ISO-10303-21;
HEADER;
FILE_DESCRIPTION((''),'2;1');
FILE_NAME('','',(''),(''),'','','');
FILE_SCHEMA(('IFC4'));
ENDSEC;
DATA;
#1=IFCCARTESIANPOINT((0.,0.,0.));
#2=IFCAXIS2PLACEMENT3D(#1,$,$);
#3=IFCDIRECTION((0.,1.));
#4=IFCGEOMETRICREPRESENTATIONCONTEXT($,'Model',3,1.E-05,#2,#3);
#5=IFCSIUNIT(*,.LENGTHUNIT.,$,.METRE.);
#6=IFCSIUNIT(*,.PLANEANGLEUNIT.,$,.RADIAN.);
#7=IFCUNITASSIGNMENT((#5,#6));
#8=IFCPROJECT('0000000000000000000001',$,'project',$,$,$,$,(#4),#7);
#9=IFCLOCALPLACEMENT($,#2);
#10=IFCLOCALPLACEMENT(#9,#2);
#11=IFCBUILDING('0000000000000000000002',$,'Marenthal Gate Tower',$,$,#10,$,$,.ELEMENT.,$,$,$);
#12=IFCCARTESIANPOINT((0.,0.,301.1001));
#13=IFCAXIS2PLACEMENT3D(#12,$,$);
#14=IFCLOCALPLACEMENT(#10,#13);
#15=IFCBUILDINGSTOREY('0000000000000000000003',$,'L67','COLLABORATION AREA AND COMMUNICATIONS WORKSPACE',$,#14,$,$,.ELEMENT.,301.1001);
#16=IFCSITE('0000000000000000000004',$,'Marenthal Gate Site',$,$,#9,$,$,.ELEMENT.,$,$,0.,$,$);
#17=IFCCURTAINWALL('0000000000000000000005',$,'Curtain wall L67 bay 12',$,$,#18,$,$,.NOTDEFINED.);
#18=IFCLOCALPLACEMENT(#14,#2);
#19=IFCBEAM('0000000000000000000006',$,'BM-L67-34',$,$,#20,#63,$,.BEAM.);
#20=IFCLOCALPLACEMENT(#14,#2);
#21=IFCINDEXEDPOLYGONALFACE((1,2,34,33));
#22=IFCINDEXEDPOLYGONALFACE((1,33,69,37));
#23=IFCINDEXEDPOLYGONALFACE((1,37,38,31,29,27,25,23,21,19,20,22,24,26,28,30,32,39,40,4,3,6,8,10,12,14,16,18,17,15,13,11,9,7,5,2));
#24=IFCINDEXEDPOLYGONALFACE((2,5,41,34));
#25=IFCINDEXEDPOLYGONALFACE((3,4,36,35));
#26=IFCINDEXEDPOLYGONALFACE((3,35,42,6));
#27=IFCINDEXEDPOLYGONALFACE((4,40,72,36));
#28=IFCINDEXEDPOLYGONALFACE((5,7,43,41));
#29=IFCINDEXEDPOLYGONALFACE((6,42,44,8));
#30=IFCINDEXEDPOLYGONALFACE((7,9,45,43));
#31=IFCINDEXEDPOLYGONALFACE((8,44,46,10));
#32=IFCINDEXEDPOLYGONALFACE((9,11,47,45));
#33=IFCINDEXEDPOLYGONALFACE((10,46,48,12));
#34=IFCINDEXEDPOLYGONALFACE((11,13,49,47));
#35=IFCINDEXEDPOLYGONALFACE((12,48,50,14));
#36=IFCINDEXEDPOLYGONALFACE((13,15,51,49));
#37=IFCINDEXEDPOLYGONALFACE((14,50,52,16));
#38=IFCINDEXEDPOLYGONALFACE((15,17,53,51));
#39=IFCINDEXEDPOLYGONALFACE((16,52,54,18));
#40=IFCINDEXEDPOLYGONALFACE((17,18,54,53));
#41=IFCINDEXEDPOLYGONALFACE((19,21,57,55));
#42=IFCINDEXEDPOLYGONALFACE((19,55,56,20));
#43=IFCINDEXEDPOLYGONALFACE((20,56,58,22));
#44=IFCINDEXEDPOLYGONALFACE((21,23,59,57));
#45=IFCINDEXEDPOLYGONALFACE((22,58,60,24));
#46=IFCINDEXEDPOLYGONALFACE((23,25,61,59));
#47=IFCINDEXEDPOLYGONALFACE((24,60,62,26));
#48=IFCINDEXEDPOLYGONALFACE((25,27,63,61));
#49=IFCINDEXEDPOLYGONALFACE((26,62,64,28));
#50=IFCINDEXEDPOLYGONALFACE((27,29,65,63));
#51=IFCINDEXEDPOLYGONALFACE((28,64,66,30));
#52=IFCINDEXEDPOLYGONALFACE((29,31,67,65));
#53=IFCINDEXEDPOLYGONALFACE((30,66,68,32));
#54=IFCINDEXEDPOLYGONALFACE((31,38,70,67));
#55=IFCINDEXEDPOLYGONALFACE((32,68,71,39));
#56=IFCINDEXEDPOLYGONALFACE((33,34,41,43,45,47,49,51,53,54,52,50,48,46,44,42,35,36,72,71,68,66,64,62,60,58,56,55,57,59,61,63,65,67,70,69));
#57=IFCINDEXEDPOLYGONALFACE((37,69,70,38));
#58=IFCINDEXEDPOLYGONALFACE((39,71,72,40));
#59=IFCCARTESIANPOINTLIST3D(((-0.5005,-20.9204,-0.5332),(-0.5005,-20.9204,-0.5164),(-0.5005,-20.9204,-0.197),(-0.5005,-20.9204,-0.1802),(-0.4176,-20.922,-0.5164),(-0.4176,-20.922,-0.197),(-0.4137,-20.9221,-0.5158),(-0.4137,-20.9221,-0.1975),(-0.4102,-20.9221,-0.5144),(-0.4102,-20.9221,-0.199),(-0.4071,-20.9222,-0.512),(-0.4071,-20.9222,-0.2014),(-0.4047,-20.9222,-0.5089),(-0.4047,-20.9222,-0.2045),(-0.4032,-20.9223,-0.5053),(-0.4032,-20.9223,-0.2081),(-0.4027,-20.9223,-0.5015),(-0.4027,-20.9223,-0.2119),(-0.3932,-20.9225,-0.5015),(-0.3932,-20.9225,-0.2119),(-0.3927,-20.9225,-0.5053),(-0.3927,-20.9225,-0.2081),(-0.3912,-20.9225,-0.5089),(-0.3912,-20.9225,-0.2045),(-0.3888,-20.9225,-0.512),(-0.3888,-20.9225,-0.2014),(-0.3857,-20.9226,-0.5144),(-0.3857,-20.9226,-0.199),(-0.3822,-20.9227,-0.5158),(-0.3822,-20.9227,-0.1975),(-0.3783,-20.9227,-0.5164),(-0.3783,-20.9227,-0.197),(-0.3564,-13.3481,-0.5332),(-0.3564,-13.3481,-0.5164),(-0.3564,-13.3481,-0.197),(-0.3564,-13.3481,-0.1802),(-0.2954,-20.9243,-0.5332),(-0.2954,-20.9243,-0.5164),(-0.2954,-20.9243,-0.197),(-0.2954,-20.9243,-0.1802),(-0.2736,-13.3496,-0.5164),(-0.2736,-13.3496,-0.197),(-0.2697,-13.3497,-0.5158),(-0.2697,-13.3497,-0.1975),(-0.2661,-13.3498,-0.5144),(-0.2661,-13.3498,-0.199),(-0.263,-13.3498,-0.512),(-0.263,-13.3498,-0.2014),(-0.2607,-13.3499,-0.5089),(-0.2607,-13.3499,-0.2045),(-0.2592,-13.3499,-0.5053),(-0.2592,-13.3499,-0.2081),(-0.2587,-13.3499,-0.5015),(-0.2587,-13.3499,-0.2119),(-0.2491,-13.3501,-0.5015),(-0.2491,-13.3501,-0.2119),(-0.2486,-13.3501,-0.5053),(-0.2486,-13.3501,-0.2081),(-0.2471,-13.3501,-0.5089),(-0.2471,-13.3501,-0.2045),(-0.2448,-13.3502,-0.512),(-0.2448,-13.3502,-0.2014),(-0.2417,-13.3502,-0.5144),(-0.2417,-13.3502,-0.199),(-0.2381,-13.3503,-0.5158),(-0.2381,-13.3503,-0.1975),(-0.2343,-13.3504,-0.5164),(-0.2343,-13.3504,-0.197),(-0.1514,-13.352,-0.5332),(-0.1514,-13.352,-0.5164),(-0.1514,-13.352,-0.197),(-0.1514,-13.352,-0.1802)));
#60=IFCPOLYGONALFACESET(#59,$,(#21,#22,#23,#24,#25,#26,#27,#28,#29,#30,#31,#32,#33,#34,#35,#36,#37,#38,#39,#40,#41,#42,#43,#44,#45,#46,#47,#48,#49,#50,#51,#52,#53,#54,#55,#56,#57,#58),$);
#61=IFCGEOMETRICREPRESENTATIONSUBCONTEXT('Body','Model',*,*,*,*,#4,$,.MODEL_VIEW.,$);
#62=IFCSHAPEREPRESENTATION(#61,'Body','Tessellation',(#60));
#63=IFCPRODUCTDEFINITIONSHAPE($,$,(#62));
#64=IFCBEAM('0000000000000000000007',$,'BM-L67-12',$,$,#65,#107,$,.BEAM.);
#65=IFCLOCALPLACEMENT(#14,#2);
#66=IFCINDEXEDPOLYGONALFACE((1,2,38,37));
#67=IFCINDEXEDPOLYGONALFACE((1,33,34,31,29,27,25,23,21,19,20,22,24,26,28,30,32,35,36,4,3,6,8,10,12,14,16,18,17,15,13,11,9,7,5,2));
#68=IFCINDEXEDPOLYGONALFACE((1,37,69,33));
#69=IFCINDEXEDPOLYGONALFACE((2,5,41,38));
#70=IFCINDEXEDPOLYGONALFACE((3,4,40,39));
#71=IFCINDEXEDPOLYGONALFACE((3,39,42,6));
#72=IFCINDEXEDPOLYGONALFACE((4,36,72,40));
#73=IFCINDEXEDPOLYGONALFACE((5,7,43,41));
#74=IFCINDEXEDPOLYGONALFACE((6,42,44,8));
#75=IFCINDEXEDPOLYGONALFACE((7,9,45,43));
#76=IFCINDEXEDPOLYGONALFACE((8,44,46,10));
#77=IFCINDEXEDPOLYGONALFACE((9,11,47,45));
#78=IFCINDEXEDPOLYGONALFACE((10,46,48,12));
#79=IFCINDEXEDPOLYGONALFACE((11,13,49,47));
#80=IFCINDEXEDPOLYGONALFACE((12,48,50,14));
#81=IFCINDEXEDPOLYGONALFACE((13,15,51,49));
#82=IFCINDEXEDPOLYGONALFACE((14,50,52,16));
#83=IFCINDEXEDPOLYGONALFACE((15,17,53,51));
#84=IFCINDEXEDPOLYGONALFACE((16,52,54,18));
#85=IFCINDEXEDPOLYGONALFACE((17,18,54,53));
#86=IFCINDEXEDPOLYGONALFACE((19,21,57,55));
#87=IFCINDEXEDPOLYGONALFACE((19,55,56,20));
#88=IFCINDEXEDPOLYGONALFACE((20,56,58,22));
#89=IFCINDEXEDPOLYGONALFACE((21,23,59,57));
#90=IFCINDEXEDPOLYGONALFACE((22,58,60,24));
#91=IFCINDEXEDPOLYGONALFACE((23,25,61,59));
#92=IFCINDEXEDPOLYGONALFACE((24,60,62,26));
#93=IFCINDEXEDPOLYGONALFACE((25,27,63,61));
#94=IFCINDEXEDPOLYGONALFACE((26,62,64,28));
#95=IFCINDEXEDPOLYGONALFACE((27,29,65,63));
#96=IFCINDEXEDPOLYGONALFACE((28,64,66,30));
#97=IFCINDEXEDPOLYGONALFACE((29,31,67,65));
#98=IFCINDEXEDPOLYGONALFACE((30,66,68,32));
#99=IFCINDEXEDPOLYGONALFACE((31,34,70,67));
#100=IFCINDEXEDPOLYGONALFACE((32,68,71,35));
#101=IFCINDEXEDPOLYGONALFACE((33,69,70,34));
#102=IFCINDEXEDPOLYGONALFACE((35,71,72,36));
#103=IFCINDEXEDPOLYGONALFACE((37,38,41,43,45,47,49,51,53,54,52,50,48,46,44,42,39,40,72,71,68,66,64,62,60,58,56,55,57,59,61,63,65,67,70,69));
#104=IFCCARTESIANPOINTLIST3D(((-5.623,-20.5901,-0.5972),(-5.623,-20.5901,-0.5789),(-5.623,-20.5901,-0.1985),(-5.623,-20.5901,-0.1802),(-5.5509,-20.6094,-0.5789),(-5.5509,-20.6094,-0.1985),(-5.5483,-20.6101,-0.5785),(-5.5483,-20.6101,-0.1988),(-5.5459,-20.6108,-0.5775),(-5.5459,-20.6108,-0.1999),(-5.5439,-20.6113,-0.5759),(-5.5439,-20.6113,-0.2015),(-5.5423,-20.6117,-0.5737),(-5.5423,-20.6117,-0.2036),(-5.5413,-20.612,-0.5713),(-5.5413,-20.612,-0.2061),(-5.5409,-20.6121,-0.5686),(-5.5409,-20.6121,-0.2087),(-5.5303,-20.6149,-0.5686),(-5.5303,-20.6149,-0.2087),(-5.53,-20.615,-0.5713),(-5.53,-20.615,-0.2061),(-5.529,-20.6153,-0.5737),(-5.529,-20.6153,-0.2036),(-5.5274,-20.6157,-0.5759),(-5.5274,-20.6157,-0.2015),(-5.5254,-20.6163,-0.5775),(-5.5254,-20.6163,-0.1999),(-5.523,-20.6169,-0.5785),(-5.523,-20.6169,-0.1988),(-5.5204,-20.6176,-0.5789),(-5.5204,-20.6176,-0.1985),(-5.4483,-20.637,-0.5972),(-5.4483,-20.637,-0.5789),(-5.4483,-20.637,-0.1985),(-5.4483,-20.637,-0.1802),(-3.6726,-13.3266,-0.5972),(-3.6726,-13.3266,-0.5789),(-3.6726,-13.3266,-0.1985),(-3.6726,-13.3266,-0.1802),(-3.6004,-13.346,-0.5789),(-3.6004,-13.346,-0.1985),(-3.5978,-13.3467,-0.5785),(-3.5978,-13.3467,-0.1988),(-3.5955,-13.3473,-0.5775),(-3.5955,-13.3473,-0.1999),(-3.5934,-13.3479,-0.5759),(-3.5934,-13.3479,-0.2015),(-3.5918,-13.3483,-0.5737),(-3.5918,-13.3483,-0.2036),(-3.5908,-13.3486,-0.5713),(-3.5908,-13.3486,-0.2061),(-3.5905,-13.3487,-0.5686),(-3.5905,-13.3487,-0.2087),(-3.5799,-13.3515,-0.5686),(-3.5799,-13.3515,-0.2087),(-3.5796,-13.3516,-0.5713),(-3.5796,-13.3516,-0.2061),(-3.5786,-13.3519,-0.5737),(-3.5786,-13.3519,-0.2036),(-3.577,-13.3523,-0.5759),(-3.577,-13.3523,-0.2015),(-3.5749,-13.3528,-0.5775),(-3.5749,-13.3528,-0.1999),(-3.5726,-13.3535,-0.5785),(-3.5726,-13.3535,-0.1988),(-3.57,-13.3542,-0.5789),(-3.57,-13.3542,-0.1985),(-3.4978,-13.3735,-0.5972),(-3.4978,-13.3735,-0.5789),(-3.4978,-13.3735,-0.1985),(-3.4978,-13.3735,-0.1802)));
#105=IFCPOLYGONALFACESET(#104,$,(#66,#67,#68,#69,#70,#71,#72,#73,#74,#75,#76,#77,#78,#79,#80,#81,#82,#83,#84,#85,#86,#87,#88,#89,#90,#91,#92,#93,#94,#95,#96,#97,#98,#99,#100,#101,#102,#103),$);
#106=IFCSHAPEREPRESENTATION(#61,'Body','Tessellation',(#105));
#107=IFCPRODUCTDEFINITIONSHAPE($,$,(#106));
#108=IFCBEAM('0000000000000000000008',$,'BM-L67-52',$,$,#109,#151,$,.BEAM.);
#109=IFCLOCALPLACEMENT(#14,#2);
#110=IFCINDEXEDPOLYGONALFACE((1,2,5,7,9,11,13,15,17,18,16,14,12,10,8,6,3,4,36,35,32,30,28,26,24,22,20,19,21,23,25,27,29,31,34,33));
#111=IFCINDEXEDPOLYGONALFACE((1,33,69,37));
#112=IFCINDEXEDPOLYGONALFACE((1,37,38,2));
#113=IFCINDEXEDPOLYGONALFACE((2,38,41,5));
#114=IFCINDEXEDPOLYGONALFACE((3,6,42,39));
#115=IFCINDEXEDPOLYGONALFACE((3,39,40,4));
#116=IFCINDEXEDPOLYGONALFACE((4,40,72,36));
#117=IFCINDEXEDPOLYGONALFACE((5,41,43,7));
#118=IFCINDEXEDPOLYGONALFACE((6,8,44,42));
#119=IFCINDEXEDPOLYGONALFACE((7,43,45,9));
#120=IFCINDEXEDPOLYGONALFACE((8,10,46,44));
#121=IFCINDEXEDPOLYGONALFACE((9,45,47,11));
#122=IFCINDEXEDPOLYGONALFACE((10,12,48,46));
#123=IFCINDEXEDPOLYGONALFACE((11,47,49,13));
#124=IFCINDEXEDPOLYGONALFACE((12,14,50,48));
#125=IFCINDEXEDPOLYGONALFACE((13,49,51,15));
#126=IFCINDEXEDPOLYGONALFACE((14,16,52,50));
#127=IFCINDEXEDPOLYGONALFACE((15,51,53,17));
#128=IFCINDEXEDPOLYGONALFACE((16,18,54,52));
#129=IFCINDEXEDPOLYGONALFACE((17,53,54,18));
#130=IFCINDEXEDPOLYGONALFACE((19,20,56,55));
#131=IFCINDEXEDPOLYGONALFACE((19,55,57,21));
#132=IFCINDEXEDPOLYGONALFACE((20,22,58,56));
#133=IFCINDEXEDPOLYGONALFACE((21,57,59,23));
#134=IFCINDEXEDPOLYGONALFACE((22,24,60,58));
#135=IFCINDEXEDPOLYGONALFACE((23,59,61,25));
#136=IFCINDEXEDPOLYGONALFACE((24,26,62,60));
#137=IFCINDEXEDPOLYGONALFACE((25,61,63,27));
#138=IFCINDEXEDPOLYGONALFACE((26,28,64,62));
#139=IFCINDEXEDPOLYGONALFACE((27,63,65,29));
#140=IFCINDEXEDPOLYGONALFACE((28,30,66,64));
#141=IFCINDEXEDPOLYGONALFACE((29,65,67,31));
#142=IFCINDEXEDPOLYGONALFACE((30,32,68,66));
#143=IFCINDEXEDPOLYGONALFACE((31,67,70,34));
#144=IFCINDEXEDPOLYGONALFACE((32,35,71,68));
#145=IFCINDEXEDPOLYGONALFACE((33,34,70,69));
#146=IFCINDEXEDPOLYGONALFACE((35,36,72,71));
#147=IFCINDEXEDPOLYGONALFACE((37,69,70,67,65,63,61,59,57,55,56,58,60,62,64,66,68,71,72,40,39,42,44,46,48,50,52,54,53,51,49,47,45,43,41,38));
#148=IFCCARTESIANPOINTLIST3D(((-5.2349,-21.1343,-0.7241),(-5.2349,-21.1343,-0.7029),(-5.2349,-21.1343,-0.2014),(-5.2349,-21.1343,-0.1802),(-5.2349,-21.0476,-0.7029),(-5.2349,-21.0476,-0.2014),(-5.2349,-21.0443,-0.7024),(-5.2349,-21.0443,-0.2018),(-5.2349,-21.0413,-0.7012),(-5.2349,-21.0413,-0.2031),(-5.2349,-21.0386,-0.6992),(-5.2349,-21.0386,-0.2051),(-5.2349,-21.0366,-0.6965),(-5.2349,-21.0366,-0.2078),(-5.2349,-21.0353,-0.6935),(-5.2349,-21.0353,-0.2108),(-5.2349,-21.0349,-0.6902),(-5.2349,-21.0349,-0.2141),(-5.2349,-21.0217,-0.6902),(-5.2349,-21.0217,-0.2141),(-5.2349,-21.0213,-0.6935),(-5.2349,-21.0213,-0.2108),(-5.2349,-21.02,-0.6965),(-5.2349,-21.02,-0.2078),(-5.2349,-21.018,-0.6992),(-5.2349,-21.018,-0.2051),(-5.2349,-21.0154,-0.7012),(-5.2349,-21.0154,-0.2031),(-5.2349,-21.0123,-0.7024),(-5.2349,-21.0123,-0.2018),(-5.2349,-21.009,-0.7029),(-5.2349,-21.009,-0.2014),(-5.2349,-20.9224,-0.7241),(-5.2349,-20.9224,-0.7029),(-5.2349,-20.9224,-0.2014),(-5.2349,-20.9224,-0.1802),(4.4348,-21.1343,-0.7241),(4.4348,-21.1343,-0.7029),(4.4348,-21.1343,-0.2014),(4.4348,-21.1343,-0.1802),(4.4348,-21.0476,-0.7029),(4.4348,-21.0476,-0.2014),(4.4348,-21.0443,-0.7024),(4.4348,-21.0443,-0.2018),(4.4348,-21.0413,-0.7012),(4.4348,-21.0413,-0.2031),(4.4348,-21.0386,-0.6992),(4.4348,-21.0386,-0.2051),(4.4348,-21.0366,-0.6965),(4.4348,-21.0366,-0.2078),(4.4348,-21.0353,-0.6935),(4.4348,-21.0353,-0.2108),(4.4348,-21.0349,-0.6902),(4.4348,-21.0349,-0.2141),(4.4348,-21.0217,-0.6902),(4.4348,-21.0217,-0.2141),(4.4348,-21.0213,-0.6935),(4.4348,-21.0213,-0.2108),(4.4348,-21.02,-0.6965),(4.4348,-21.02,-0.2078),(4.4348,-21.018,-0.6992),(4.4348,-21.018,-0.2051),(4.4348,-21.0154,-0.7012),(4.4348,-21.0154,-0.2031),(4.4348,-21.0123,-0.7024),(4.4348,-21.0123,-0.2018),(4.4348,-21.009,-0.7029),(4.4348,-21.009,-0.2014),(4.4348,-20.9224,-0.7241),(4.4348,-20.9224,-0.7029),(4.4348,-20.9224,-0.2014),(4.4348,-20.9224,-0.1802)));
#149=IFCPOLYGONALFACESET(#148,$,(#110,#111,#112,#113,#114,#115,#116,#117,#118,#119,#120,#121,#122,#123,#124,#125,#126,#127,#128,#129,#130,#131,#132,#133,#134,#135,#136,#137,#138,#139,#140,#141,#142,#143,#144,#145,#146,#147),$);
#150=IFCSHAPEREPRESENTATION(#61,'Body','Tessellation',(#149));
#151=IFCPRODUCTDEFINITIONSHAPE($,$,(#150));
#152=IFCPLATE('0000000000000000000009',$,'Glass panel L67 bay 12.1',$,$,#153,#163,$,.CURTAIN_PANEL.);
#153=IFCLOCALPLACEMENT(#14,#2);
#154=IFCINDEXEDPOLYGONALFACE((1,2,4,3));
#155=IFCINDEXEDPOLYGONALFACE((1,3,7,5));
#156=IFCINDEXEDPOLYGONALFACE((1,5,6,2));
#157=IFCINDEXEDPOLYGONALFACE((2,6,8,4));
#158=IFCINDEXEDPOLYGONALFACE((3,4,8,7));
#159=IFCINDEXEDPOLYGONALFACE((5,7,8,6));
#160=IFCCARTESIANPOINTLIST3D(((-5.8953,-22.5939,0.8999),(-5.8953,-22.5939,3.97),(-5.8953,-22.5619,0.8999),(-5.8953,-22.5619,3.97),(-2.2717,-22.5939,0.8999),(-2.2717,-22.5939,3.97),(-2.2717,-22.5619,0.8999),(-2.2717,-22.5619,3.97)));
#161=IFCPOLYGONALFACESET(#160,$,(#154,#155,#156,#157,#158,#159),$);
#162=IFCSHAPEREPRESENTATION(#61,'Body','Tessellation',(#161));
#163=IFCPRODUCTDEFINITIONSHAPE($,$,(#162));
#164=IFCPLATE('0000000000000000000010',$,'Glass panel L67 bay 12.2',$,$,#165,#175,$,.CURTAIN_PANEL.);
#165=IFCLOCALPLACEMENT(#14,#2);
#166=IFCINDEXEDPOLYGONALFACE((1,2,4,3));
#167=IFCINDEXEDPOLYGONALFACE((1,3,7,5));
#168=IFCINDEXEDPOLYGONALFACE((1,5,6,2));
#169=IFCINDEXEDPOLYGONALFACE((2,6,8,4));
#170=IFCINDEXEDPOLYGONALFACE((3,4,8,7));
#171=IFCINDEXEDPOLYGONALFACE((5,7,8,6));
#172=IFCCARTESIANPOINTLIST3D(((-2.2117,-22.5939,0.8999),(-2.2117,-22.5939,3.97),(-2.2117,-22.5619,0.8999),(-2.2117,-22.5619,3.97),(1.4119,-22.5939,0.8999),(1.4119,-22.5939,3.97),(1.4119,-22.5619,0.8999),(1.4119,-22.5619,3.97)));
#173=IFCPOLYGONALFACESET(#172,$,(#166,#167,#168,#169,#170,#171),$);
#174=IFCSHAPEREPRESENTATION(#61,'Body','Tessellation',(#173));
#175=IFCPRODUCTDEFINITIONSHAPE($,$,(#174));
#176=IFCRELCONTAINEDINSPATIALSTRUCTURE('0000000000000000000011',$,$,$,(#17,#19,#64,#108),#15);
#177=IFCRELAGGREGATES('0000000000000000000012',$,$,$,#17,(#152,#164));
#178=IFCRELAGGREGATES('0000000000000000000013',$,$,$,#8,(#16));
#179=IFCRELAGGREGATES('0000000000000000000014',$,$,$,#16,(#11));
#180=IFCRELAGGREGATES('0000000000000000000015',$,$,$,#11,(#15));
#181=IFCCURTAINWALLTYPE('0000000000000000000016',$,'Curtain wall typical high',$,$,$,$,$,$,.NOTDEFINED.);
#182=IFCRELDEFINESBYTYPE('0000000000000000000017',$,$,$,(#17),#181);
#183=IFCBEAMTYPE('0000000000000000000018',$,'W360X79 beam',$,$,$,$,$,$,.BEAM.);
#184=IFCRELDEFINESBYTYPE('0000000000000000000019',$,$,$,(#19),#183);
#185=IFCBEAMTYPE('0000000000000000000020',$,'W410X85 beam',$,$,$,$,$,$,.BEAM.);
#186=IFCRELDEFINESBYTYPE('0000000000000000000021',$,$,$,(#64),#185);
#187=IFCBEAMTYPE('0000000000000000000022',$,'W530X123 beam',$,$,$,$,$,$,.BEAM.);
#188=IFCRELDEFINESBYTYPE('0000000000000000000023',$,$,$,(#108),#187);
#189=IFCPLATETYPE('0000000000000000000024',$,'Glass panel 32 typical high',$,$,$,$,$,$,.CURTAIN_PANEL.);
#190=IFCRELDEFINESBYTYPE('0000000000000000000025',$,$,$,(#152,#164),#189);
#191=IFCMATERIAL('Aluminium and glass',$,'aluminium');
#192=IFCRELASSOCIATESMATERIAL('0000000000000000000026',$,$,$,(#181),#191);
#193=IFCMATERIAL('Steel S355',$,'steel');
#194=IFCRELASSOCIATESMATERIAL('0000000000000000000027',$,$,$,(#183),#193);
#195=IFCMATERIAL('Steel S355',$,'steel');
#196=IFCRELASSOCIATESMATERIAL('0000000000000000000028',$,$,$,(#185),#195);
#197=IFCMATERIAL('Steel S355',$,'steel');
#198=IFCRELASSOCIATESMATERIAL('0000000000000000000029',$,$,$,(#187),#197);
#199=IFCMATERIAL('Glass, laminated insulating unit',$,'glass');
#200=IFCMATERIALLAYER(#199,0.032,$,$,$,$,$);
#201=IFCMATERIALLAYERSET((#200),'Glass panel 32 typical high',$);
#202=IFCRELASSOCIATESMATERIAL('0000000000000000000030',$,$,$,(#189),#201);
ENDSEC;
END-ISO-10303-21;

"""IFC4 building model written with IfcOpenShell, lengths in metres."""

from ifc_helpers import new_model, si_unit, direction, frame, origin, origin_2d, place, context, subcontext, project, spatial, rectangle, i_section, extrude, material, layer, layer_set, material_profile, profile_set, type_object, element, aggregate, save


model = new_model("IFC4")

# Units and contexts
model_context = context("Model", 3, precision=1e-05, world=origin(), true_north=direction((0.0, 1.0)))
body_context = subcontext(model_context, "Body", "Model", "MODEL_VIEW")
ifc_project = project(units=[si_unit("LENGTHUNIT", "METRE"), si_unit("PLANEANGLEUNIT", "RADIAN")], contexts=[model_context])

# Site, building, storey
site_placement = place(None, origin())
site = spatial("IfcSite", under=ifc_project, at=site_placement, Name="Marenthal Gate Site", CompositionType="ELEMENT", RefElevation=0.0)
building_placement = place(site_placement, origin())
building = spatial("IfcBuilding", under=site, at=building_placement, Name="Marenthal Gate Tower", CompositionType="ELEMENT")
storey_placement = place(building_placement, frame((0.0, 0.0, 301.1001)))
storey = spatial("IfcBuildingStorey", under=building, at=storey_placement, Name="L67", Description="COLLABORATION AREA AND COMMUNICATIONS WORKSPACE", CompositionType="ELEMENT", Elevation=301.1001)

# Curtain wall
ifc_material_1 = material(Name="Aluminium and glass", Category="aluminium")
curtain_wall_type = type_object("IfcCurtainWallType", Name="Curtain wall typical high", PredefinedType="NOTDEFINED", material=ifc_material_1)
curtain_wall_placement = place(storey_placement, origin())
curtain_wall = element("IfcCurtainWall", 1, at=curtain_wall_placement, inside=storey, type_object=curtain_wall_type, Name="Curtain wall L67 bay 12", PredefinedType="NOTDEFINED")

# Beams
ifc_material_2 = material(Name="Steel S355", Category="steel")
ifc_material_profile_1 = material_profile(ifc_material_2, i_section(OverallWidth=0.2051, OverallDepth=0.353, WebThickness=0.0095, FlangeThickness=0.0168, FilletRadius=0.0149, at=origin_2d()), Name="W360X79")
ifc_profile_set_1 = profile_set([ifc_material_profile_1], Name="Steel S355")
beam_type_1 = type_object("IfcBeamType", Name="W360X79 beam", PredefinedType="BEAM", material=ifc_profile_set_1)
beam_1_placement = place(storey_placement, frame((-0.3979, -20.9224, -0.3567), z_axis=(0.019019, 0.999819, 0.0), x_axis=(-0.999819, 0.019019, 0.0)))
element("IfcBeam", 2, at=beam_1_placement, inside=storey, type_object=beam_type_1, Name="BM-L67-34", PredefinedType="BEAM", context=body_context, shape_type="SweptSolid", body=[
    extrude(i_section(OverallWidth=0.2051, OverallDepth=0.353, WebThickness=0.0095, FlangeThickness=0.0168, FilletRadius=0.0149, at=origin_2d()), origin(), (0.0, 0.0, 1.0), 7.5737),
])
ifc_material_3 = material(Name="Steel S355", Category="steel")
ifc_material_profile_2 = material_profile(ifc_material_3, i_section(OverallWidth=0.1809, OverallDepth=0.417, WebThickness=0.011, FlangeThickness=0.0183, FilletRadius=0.0103, at=origin_2d()), Name="W410X85")
ifc_profile_set_2 = profile_set([ifc_material_profile_2], Name="Steel S355")
beam_type_2 = type_object("IfcBeamType", Name="W410X85 beam", PredefinedType="BEAM", material=ifc_profile_set_2)
beam_2_placement = place(storey_placement, frame((-5.5356, -20.6135, -0.3887), z_axis=(0.259341, 0.965786, 0.0), x_axis=(-0.965786, 0.259341, 0.0)))
element("IfcBeam", 3, at=beam_2_placement, inside=storey, type_object=beam_type_2, Name="BM-L67-12", PredefinedType="BEAM", context=body_context, shape_type="SweptSolid", body=[
    extrude(i_section(OverallWidth=0.1809, OverallDepth=0.417, WebThickness=0.011, FlangeThickness=0.0183, FilletRadius=0.0103, at=origin_2d()), origin(), (0.0, 0.0, 1.0), 7.5208),
])
ifc_material_4 = material(Name="Steel S355", Category="steel")
ifc_material_profile_3 = material_profile(ifc_material_4, i_section(OverallWidth=0.2119, OverallDepth=0.5439, WebThickness=0.0132, FlangeThickness=0.0212, FilletRadius=0.0127, at=origin_2d()), Name="W530X123")
ifc_profile_set_3 = profile_set([ifc_material_profile_3], Name="Steel S355")
beam_type_3 = type_object("IfcBeamType", Name="W530X123 beam", PredefinedType="BEAM", material=ifc_profile_set_3)
beam_3_placement = place(storey_placement, frame((-5.2349, -21.0283, -0.4521), z_axis=(1.0, 0.0, 0.0), x_axis=(0.0, 1.0, 0.0)))
element("IfcBeam", 4, at=beam_3_placement, inside=storey, type_object=beam_type_3, Name="BM-L67-52", PredefinedType="BEAM", context=body_context, shape_type="SweptSolid", body=[
    extrude(i_section(OverallWidth=0.2119, OverallDepth=0.5439, WebThickness=0.0132, FlangeThickness=0.0212, FilletRadius=0.0127, at=origin_2d()), origin(), (0.0, 0.0, 1.0), 9.6697),
])

# Plates
ifc_material_5 = material(Name="Glass, laminated insulating unit", Category="glass")
ifc_layer_1 = layer(ifc_material_5, 0.032)
ifc_layer_set_1 = layer_set([ifc_layer_1], Name="Glass panel 32 typical high")
plate_type = type_object("IfcPlateType", Name="Glass panel 32 typical high", PredefinedType="CURTAIN_PANEL", material=ifc_layer_set_1)
plate_1_placement = place(storey_placement, frame((-4.0835, -22.5779, 0.8999), z_axis=(0.0, 0.0, 1.0), x_axis=(1.0, 0.0, 0.0)))
plate_1 = element("IfcPlate", 5, at=plate_1_placement, type_object=plate_type, Name="Glass panel L67 bay 12.1", PredefinedType="CURTAIN_PANEL", context=body_context, shape_type="SweptSolid", body=[
    extrude(rectangle(XDim=3.6235, YDim=0.032, at=origin_2d()), origin(), (0.0, 0.0, 1.0), 3.0701),
])
plate_2_placement = place(storey_placement, frame((-0.3999, -22.5779, 0.8999), z_axis=(0.0, 0.0, 1.0), x_axis=(1.0, 0.0, 0.0)))
plate_2 = element("IfcPlate", 6, at=plate_2_placement, type_object=plate_type, Name="Glass panel L67 bay 12.2", PredefinedType="CURTAIN_PANEL", context=body_context, shape_type="SweptSolid", body=[
    extrude(rectangle(XDim=3.6235, YDim=0.032, at=origin_2d()), origin(), (0.0, 0.0, 1.0), 3.0701),
])
aggregate(curtain_wall, [plate_1, plate_2])

save(model, "model.ifc")
